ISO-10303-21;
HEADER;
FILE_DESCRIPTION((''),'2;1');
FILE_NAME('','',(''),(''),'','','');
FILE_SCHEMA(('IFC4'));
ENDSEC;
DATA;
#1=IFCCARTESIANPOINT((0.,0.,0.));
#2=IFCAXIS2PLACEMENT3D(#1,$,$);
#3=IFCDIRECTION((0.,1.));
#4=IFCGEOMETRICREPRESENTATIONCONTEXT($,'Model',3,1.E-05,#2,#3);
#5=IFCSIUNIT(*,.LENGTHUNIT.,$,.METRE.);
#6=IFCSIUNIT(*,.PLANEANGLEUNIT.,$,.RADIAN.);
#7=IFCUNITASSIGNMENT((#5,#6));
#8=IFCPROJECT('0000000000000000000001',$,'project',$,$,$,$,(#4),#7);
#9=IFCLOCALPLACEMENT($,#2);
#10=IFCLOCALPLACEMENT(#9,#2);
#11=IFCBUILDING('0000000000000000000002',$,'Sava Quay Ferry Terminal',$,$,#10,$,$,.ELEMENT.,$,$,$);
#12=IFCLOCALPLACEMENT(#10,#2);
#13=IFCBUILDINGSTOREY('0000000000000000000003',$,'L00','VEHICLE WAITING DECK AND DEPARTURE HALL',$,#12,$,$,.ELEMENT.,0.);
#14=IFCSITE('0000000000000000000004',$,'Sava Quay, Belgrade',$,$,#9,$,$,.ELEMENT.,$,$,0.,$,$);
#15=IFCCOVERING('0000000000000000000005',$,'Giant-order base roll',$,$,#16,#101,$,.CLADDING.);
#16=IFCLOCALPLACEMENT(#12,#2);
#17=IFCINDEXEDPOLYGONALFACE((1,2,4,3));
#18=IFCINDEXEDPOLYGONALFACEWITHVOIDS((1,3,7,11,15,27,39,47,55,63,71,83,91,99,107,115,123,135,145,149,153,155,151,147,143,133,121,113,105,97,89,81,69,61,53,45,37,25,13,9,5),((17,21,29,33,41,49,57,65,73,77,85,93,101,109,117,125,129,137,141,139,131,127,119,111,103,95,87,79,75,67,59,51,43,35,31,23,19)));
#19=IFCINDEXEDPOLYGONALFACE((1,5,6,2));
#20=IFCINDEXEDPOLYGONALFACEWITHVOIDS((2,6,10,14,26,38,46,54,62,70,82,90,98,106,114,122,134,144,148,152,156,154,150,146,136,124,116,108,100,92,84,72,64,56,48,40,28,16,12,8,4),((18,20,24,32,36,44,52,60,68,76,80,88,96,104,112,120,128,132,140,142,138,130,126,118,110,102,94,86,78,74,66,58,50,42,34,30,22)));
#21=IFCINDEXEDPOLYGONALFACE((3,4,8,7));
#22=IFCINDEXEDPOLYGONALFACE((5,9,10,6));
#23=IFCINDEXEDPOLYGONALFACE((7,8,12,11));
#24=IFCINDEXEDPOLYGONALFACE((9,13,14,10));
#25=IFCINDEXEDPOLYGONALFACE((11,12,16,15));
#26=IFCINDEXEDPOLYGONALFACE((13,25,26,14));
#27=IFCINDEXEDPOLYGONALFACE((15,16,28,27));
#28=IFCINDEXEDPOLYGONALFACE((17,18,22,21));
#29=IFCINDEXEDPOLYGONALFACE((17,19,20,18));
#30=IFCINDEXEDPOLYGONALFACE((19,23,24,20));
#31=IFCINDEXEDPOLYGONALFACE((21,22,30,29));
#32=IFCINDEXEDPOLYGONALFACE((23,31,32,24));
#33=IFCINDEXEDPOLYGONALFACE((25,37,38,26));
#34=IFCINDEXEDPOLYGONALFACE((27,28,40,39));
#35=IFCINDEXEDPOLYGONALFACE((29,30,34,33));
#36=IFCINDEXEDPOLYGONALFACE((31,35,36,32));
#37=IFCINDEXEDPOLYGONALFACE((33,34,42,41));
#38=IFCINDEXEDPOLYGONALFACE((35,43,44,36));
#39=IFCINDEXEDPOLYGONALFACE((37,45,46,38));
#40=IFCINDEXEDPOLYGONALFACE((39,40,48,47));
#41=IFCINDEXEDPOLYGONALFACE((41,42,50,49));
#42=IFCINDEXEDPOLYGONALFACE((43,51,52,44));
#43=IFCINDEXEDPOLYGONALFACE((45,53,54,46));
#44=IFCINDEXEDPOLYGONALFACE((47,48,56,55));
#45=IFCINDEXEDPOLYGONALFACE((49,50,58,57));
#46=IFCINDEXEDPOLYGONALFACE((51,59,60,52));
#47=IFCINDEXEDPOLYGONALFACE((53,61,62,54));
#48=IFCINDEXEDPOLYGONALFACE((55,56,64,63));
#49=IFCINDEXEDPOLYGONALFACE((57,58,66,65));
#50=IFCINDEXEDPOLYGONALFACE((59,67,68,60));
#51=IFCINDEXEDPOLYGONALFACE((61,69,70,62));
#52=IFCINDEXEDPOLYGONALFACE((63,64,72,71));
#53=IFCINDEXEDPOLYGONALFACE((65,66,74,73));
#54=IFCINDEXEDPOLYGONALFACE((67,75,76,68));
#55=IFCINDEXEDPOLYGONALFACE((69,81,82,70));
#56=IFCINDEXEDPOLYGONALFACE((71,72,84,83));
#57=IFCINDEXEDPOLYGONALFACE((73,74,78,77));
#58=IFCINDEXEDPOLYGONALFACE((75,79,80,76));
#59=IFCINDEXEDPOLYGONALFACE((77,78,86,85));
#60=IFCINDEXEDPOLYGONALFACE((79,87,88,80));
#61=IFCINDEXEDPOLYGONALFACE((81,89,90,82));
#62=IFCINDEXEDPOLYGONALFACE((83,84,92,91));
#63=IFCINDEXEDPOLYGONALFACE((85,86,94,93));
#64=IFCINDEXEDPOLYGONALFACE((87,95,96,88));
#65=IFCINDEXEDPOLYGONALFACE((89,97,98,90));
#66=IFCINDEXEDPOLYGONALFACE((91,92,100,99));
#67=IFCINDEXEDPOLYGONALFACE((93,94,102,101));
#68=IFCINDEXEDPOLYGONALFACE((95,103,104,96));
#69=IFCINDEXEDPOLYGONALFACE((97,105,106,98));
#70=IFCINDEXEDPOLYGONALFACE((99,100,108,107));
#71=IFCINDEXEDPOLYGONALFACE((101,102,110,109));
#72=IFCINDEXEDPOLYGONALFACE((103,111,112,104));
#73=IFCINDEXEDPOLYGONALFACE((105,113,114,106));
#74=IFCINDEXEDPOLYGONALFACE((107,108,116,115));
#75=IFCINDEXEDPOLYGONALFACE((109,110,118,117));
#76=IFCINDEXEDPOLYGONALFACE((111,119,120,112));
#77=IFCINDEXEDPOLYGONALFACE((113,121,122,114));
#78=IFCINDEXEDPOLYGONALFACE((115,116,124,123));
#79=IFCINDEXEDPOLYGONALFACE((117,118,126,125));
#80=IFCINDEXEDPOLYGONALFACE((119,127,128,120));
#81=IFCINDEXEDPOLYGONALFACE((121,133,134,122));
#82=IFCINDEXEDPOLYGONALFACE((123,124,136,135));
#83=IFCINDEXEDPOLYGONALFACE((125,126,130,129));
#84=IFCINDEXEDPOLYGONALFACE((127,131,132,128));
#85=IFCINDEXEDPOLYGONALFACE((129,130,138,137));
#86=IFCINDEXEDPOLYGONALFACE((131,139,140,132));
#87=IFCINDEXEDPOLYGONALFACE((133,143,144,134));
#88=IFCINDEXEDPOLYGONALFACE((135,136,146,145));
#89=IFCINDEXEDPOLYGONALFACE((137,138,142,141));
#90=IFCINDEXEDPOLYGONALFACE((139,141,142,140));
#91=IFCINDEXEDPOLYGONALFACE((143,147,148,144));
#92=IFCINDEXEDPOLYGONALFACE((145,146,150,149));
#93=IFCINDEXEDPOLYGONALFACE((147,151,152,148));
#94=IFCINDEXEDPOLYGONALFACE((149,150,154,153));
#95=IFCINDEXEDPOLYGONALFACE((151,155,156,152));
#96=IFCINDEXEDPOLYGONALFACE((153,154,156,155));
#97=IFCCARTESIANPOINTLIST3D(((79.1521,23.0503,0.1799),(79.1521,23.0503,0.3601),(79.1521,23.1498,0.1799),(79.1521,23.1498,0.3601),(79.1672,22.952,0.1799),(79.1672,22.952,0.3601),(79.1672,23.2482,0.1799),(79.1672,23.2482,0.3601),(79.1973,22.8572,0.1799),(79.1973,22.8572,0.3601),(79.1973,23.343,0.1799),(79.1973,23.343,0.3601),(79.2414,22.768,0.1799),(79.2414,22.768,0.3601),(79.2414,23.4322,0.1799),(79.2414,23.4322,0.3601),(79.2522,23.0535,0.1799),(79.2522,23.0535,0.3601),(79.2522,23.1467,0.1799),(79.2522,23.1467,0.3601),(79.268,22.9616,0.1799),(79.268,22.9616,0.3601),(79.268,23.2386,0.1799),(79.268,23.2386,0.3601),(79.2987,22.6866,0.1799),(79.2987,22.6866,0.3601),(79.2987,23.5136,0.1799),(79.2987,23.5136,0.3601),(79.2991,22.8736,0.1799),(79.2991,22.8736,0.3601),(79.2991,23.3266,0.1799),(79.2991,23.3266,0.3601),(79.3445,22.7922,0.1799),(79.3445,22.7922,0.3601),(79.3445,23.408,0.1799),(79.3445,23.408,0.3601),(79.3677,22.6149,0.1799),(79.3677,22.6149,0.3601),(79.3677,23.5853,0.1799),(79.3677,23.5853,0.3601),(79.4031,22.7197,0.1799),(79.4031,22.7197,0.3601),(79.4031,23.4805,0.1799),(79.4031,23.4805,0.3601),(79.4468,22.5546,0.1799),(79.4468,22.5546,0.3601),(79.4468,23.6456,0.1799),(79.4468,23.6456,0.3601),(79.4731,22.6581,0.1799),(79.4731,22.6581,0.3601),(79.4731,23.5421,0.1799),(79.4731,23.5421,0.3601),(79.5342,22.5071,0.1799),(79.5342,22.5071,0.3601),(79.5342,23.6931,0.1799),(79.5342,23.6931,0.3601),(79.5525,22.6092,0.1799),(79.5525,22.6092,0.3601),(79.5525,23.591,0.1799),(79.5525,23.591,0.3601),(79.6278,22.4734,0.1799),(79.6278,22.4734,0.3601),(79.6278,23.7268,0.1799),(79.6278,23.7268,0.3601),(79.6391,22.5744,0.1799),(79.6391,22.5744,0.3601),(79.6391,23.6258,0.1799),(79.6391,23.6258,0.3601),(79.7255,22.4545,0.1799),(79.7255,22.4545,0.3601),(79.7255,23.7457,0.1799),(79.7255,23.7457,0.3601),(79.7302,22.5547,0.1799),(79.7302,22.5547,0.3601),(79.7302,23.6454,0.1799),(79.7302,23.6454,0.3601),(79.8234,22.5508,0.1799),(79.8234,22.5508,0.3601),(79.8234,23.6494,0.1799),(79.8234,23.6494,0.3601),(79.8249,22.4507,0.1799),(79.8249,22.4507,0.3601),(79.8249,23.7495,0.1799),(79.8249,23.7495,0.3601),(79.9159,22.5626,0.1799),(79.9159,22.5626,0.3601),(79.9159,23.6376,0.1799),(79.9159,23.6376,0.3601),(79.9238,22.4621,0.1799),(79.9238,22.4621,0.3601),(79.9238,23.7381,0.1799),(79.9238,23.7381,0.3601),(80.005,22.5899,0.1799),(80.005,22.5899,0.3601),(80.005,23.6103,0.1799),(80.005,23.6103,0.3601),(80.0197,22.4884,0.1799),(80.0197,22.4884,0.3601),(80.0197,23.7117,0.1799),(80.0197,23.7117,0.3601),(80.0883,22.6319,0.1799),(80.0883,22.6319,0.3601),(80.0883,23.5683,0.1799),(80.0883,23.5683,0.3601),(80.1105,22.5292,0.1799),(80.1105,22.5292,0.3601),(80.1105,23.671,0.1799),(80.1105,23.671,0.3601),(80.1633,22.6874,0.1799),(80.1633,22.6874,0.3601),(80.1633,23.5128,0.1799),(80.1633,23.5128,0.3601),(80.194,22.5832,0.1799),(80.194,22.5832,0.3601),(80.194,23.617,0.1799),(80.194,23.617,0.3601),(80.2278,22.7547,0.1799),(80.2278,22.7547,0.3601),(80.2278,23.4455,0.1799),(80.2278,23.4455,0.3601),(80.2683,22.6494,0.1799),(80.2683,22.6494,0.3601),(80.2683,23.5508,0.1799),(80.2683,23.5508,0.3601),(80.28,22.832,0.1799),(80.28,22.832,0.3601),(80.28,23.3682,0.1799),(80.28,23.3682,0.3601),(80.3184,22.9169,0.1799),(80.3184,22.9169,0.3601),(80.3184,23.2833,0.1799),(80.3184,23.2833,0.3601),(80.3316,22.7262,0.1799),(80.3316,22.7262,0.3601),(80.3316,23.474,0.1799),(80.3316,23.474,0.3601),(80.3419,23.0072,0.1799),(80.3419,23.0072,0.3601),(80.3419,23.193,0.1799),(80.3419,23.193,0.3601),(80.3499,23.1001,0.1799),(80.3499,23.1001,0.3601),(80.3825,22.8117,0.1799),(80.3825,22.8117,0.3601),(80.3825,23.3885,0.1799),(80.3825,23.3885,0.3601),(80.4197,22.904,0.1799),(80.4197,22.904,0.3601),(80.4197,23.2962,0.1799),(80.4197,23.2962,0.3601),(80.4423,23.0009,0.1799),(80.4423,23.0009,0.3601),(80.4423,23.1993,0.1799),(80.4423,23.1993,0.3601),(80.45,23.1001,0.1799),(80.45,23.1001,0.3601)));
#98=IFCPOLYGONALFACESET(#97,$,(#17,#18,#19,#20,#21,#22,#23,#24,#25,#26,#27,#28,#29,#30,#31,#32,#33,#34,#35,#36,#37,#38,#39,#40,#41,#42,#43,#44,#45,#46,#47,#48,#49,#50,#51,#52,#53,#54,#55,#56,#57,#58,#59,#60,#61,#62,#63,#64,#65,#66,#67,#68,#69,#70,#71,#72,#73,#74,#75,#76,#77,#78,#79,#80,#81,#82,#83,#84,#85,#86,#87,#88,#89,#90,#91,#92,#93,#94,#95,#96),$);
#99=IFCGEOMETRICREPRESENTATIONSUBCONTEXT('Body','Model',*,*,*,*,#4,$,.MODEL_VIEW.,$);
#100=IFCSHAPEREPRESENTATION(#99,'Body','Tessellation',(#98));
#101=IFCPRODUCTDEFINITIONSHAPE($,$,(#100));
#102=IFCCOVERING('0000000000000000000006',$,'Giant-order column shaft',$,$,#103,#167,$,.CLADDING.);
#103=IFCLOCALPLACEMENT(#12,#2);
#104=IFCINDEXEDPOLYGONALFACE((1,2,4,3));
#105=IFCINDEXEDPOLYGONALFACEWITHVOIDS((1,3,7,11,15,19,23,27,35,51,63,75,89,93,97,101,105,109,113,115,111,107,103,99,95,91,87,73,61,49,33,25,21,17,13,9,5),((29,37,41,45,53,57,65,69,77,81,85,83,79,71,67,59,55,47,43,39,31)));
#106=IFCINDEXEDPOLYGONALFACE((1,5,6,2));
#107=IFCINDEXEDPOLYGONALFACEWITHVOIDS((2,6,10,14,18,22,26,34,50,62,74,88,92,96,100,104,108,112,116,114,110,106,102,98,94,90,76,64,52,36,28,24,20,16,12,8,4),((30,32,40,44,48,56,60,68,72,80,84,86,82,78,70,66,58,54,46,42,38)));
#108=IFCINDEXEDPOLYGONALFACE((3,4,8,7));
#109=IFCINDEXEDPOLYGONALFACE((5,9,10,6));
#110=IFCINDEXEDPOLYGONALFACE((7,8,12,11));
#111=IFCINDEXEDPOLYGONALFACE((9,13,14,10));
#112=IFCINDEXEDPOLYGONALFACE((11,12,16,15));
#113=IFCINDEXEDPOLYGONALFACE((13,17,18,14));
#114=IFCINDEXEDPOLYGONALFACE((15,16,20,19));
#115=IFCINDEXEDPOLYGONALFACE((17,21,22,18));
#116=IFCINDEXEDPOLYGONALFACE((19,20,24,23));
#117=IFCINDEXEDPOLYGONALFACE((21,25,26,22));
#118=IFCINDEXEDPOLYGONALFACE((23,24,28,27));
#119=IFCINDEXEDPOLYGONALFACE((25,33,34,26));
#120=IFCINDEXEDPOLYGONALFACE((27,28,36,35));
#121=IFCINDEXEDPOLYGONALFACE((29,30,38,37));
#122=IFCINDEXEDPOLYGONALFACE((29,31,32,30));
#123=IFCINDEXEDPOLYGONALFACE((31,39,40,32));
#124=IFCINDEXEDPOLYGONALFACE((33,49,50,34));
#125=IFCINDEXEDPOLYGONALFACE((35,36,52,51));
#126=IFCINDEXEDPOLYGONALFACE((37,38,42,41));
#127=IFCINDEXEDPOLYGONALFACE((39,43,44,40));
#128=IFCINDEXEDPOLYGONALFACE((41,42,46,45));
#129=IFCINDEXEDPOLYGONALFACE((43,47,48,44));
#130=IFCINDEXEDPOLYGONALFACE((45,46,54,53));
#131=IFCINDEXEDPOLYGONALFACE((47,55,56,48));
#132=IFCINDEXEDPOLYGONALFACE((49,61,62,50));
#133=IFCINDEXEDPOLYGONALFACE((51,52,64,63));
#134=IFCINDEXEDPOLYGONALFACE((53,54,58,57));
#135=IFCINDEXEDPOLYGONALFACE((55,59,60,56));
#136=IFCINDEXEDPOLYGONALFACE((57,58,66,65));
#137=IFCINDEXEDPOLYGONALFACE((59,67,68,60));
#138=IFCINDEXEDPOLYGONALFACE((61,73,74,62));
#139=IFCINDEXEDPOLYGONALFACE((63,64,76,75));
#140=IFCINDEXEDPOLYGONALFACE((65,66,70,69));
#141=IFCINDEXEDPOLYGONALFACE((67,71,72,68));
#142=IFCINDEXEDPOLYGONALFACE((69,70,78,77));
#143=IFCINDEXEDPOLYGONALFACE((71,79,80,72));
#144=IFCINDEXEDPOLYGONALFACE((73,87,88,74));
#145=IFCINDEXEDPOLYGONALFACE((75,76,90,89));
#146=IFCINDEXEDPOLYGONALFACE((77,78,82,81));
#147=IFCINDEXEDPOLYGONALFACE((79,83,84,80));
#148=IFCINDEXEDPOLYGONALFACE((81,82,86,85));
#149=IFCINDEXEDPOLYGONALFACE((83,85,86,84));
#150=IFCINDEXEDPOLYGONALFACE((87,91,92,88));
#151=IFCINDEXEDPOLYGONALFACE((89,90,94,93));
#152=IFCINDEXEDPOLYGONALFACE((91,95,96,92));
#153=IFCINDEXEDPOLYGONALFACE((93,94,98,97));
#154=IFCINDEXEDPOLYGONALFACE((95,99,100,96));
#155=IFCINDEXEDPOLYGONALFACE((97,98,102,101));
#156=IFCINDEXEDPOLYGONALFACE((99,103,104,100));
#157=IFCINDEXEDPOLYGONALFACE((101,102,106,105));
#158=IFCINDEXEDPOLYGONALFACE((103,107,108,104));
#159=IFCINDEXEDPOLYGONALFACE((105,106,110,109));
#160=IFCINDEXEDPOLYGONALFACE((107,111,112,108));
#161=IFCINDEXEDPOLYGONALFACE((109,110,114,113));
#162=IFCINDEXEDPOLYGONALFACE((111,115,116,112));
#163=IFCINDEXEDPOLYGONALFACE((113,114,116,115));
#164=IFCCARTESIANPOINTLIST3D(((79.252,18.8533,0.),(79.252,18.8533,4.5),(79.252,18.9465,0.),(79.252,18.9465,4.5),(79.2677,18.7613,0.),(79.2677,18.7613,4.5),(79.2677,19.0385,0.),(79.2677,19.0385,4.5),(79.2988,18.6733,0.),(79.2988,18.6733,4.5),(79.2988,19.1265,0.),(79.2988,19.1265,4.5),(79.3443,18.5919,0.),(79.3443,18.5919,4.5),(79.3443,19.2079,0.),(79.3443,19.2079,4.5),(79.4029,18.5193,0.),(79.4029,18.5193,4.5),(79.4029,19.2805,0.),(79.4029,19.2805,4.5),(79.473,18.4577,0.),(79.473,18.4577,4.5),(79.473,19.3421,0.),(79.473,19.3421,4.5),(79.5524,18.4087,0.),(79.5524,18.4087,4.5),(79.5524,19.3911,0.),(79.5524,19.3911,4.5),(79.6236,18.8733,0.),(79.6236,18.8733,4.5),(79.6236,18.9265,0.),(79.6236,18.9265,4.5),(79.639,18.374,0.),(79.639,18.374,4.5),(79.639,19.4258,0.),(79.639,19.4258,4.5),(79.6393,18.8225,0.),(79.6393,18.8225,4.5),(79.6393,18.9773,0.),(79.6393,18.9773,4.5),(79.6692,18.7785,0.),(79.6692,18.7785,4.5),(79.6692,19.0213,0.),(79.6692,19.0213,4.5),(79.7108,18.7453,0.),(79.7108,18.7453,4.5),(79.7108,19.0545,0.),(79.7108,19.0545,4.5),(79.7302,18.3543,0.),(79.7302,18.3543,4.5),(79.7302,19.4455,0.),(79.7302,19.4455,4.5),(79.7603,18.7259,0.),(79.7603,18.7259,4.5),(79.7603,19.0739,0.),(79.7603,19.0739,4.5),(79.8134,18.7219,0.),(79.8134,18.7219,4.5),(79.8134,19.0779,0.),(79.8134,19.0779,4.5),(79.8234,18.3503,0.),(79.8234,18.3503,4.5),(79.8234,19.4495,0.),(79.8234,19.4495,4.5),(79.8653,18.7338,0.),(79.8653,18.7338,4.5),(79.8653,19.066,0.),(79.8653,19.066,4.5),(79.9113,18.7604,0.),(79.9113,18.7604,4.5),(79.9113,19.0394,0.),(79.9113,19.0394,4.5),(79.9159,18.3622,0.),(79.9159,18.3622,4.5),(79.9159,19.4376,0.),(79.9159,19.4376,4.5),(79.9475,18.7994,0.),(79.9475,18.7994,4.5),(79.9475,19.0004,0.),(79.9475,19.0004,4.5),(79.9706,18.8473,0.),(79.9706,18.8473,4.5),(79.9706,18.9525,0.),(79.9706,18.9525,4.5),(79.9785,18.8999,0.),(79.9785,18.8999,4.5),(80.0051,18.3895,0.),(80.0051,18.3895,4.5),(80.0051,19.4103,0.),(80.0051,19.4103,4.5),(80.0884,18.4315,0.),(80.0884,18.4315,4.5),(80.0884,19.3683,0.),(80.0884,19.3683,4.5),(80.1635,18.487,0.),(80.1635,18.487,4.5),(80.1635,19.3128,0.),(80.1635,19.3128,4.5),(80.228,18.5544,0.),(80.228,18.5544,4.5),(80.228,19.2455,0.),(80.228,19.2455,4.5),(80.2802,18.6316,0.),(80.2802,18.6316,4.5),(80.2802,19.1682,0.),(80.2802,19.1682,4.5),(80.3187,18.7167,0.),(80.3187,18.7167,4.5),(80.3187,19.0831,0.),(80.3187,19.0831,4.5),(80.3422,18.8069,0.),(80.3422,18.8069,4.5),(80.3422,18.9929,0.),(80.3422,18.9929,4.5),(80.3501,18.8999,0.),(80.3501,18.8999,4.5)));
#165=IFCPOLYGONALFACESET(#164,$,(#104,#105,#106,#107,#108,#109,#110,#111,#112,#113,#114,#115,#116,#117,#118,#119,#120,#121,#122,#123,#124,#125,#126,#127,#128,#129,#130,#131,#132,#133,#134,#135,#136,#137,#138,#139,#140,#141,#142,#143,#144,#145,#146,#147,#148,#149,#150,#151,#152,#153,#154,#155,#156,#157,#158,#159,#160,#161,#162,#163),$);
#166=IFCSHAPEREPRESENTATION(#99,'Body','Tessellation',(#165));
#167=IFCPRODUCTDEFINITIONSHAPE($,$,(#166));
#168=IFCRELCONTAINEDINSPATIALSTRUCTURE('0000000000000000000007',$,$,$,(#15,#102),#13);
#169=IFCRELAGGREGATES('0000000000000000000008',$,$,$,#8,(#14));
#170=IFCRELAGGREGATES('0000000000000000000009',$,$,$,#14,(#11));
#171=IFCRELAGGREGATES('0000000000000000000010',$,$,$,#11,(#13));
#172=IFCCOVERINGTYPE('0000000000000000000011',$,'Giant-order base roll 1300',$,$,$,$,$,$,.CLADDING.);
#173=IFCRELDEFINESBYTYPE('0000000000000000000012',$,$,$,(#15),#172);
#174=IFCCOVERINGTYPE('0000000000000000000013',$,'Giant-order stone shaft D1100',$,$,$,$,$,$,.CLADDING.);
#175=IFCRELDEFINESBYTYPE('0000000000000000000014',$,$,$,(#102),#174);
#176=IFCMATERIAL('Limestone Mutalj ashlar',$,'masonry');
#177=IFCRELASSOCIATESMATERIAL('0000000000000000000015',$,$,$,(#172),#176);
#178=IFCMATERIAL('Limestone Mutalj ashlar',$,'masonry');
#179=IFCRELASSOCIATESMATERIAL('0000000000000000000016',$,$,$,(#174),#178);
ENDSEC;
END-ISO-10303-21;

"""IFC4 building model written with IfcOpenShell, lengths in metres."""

from ifc_helpers import new_model, si_unit, direction, frame, origin, origin_2d, place, context, subcontext, project, spatial, hollow_circle, extrude, material, material_profile, profile_set, type_object, element, save


model = new_model("IFC4")

# Units and contexts
model_context = context("Model", 3, precision=1e-05, world=origin(), true_north=direction((0.0, 1.0)))
body_context = subcontext(model_context, "Body", "Model", "MODEL_VIEW")
ifc_project = project(units=[si_unit("LENGTHUNIT", "METRE"), si_unit("PLANEANGLEUNIT", "RADIAN")], contexts=[model_context])

# Site, building, storey
site_placement = place(None, origin())
site = spatial("IfcSite", under=ifc_project, at=site_placement, Name="Sava Quay, Belgrade", CompositionType="ELEMENT", RefElevation=0.0)
building_placement = place(site_placement, origin())
building = spatial("IfcBuilding", under=site, at=building_placement, Name="Sava Quay Ferry Terminal", CompositionType="ELEMENT")
storey_placement = place(building_placement, origin())
storey = spatial("IfcBuildingStorey", under=building, at=storey_placement, Name="L00", Description="VEHICLE WAITING DECK AND DEPARTURE HALL", CompositionType="ELEMENT", Elevation=0.0)

# Coverings
ifc_material_1 = material(Name="Limestone Mutalj ashlar", Category="masonry")
ifc_material_profile_1 = material_profile(ifc_material_1, hollow_circle(Radius=0.6499, WallThickness=0.1001, at=origin_2d()), Name="Base roll 1300")
ifc_profile_set_1 = profile_set([ifc_material_profile_1], Name="Limestone Mutalj ashlar")
covering_type_1 = type_object("IfcCoveringType", Name="Giant-order base roll 1300", PredefinedType="CLADDING", material=ifc_profile_set_1)
for number, where, z_axis, x_axis, name in (
    (1, (79.8, 23.1001, 0.1799), (0.0, 0.0, 1.0), (1.0, 0.0, 0.0), "Giant-order base roll"),
):
    element("IfcCovering", number, at=place(storey_placement, frame(where, z_axis=z_axis, x_axis=x_axis)), inside=storey, type_object=covering_type_1, Name=name, PredefinedType="CLADDING", context=body_context, shape_type="SweptSolid", body=[
        extrude(hollow_circle(Radius=0.6499, WallThickness=0.1001, at=origin_2d()), origin(), (0.0, 0.0, 1.0), 0.1802),
    ])
ifc_material_2 = material(Name="Limestone Mutalj ashlar", Category="masonry")
ifc_material_profile_2 = material_profile(ifc_material_2, hollow_circle(Radius=0.55, WallThickness=0.3716, at=origin_2d()), Name="Stone shaft D1100")
ifc_profile_set_2 = profile_set([ifc_material_profile_2], Name="Limestone Mutalj ashlar")
covering_type_2 = type_object("IfcCoveringType", Name="Giant-order stone shaft D1100", PredefinedType="CLADDING", material=ifc_profile_set_2)
for number, where, z_axis, x_axis, name in (
    (2, (79.8, 18.8999, 0.0), (0.0, 0.0, 1.0), (1.0, 0.0, 0.0), "Giant-order column shaft"),
):
    element("IfcCovering", number, at=place(storey_placement, frame(where, z_axis=z_axis, x_axis=x_axis)), inside=storey, type_object=covering_type_2, Name=name, PredefinedType="CLADDING", context=body_context, shape_type="SweptSolid", body=[
        extrude(hollow_circle(Radius=0.55, WallThickness=0.3716, at=origin_2d()), origin(), (0.0, 0.0, 1.0), 4.5),
    ])

save(model, "model.ifc")
